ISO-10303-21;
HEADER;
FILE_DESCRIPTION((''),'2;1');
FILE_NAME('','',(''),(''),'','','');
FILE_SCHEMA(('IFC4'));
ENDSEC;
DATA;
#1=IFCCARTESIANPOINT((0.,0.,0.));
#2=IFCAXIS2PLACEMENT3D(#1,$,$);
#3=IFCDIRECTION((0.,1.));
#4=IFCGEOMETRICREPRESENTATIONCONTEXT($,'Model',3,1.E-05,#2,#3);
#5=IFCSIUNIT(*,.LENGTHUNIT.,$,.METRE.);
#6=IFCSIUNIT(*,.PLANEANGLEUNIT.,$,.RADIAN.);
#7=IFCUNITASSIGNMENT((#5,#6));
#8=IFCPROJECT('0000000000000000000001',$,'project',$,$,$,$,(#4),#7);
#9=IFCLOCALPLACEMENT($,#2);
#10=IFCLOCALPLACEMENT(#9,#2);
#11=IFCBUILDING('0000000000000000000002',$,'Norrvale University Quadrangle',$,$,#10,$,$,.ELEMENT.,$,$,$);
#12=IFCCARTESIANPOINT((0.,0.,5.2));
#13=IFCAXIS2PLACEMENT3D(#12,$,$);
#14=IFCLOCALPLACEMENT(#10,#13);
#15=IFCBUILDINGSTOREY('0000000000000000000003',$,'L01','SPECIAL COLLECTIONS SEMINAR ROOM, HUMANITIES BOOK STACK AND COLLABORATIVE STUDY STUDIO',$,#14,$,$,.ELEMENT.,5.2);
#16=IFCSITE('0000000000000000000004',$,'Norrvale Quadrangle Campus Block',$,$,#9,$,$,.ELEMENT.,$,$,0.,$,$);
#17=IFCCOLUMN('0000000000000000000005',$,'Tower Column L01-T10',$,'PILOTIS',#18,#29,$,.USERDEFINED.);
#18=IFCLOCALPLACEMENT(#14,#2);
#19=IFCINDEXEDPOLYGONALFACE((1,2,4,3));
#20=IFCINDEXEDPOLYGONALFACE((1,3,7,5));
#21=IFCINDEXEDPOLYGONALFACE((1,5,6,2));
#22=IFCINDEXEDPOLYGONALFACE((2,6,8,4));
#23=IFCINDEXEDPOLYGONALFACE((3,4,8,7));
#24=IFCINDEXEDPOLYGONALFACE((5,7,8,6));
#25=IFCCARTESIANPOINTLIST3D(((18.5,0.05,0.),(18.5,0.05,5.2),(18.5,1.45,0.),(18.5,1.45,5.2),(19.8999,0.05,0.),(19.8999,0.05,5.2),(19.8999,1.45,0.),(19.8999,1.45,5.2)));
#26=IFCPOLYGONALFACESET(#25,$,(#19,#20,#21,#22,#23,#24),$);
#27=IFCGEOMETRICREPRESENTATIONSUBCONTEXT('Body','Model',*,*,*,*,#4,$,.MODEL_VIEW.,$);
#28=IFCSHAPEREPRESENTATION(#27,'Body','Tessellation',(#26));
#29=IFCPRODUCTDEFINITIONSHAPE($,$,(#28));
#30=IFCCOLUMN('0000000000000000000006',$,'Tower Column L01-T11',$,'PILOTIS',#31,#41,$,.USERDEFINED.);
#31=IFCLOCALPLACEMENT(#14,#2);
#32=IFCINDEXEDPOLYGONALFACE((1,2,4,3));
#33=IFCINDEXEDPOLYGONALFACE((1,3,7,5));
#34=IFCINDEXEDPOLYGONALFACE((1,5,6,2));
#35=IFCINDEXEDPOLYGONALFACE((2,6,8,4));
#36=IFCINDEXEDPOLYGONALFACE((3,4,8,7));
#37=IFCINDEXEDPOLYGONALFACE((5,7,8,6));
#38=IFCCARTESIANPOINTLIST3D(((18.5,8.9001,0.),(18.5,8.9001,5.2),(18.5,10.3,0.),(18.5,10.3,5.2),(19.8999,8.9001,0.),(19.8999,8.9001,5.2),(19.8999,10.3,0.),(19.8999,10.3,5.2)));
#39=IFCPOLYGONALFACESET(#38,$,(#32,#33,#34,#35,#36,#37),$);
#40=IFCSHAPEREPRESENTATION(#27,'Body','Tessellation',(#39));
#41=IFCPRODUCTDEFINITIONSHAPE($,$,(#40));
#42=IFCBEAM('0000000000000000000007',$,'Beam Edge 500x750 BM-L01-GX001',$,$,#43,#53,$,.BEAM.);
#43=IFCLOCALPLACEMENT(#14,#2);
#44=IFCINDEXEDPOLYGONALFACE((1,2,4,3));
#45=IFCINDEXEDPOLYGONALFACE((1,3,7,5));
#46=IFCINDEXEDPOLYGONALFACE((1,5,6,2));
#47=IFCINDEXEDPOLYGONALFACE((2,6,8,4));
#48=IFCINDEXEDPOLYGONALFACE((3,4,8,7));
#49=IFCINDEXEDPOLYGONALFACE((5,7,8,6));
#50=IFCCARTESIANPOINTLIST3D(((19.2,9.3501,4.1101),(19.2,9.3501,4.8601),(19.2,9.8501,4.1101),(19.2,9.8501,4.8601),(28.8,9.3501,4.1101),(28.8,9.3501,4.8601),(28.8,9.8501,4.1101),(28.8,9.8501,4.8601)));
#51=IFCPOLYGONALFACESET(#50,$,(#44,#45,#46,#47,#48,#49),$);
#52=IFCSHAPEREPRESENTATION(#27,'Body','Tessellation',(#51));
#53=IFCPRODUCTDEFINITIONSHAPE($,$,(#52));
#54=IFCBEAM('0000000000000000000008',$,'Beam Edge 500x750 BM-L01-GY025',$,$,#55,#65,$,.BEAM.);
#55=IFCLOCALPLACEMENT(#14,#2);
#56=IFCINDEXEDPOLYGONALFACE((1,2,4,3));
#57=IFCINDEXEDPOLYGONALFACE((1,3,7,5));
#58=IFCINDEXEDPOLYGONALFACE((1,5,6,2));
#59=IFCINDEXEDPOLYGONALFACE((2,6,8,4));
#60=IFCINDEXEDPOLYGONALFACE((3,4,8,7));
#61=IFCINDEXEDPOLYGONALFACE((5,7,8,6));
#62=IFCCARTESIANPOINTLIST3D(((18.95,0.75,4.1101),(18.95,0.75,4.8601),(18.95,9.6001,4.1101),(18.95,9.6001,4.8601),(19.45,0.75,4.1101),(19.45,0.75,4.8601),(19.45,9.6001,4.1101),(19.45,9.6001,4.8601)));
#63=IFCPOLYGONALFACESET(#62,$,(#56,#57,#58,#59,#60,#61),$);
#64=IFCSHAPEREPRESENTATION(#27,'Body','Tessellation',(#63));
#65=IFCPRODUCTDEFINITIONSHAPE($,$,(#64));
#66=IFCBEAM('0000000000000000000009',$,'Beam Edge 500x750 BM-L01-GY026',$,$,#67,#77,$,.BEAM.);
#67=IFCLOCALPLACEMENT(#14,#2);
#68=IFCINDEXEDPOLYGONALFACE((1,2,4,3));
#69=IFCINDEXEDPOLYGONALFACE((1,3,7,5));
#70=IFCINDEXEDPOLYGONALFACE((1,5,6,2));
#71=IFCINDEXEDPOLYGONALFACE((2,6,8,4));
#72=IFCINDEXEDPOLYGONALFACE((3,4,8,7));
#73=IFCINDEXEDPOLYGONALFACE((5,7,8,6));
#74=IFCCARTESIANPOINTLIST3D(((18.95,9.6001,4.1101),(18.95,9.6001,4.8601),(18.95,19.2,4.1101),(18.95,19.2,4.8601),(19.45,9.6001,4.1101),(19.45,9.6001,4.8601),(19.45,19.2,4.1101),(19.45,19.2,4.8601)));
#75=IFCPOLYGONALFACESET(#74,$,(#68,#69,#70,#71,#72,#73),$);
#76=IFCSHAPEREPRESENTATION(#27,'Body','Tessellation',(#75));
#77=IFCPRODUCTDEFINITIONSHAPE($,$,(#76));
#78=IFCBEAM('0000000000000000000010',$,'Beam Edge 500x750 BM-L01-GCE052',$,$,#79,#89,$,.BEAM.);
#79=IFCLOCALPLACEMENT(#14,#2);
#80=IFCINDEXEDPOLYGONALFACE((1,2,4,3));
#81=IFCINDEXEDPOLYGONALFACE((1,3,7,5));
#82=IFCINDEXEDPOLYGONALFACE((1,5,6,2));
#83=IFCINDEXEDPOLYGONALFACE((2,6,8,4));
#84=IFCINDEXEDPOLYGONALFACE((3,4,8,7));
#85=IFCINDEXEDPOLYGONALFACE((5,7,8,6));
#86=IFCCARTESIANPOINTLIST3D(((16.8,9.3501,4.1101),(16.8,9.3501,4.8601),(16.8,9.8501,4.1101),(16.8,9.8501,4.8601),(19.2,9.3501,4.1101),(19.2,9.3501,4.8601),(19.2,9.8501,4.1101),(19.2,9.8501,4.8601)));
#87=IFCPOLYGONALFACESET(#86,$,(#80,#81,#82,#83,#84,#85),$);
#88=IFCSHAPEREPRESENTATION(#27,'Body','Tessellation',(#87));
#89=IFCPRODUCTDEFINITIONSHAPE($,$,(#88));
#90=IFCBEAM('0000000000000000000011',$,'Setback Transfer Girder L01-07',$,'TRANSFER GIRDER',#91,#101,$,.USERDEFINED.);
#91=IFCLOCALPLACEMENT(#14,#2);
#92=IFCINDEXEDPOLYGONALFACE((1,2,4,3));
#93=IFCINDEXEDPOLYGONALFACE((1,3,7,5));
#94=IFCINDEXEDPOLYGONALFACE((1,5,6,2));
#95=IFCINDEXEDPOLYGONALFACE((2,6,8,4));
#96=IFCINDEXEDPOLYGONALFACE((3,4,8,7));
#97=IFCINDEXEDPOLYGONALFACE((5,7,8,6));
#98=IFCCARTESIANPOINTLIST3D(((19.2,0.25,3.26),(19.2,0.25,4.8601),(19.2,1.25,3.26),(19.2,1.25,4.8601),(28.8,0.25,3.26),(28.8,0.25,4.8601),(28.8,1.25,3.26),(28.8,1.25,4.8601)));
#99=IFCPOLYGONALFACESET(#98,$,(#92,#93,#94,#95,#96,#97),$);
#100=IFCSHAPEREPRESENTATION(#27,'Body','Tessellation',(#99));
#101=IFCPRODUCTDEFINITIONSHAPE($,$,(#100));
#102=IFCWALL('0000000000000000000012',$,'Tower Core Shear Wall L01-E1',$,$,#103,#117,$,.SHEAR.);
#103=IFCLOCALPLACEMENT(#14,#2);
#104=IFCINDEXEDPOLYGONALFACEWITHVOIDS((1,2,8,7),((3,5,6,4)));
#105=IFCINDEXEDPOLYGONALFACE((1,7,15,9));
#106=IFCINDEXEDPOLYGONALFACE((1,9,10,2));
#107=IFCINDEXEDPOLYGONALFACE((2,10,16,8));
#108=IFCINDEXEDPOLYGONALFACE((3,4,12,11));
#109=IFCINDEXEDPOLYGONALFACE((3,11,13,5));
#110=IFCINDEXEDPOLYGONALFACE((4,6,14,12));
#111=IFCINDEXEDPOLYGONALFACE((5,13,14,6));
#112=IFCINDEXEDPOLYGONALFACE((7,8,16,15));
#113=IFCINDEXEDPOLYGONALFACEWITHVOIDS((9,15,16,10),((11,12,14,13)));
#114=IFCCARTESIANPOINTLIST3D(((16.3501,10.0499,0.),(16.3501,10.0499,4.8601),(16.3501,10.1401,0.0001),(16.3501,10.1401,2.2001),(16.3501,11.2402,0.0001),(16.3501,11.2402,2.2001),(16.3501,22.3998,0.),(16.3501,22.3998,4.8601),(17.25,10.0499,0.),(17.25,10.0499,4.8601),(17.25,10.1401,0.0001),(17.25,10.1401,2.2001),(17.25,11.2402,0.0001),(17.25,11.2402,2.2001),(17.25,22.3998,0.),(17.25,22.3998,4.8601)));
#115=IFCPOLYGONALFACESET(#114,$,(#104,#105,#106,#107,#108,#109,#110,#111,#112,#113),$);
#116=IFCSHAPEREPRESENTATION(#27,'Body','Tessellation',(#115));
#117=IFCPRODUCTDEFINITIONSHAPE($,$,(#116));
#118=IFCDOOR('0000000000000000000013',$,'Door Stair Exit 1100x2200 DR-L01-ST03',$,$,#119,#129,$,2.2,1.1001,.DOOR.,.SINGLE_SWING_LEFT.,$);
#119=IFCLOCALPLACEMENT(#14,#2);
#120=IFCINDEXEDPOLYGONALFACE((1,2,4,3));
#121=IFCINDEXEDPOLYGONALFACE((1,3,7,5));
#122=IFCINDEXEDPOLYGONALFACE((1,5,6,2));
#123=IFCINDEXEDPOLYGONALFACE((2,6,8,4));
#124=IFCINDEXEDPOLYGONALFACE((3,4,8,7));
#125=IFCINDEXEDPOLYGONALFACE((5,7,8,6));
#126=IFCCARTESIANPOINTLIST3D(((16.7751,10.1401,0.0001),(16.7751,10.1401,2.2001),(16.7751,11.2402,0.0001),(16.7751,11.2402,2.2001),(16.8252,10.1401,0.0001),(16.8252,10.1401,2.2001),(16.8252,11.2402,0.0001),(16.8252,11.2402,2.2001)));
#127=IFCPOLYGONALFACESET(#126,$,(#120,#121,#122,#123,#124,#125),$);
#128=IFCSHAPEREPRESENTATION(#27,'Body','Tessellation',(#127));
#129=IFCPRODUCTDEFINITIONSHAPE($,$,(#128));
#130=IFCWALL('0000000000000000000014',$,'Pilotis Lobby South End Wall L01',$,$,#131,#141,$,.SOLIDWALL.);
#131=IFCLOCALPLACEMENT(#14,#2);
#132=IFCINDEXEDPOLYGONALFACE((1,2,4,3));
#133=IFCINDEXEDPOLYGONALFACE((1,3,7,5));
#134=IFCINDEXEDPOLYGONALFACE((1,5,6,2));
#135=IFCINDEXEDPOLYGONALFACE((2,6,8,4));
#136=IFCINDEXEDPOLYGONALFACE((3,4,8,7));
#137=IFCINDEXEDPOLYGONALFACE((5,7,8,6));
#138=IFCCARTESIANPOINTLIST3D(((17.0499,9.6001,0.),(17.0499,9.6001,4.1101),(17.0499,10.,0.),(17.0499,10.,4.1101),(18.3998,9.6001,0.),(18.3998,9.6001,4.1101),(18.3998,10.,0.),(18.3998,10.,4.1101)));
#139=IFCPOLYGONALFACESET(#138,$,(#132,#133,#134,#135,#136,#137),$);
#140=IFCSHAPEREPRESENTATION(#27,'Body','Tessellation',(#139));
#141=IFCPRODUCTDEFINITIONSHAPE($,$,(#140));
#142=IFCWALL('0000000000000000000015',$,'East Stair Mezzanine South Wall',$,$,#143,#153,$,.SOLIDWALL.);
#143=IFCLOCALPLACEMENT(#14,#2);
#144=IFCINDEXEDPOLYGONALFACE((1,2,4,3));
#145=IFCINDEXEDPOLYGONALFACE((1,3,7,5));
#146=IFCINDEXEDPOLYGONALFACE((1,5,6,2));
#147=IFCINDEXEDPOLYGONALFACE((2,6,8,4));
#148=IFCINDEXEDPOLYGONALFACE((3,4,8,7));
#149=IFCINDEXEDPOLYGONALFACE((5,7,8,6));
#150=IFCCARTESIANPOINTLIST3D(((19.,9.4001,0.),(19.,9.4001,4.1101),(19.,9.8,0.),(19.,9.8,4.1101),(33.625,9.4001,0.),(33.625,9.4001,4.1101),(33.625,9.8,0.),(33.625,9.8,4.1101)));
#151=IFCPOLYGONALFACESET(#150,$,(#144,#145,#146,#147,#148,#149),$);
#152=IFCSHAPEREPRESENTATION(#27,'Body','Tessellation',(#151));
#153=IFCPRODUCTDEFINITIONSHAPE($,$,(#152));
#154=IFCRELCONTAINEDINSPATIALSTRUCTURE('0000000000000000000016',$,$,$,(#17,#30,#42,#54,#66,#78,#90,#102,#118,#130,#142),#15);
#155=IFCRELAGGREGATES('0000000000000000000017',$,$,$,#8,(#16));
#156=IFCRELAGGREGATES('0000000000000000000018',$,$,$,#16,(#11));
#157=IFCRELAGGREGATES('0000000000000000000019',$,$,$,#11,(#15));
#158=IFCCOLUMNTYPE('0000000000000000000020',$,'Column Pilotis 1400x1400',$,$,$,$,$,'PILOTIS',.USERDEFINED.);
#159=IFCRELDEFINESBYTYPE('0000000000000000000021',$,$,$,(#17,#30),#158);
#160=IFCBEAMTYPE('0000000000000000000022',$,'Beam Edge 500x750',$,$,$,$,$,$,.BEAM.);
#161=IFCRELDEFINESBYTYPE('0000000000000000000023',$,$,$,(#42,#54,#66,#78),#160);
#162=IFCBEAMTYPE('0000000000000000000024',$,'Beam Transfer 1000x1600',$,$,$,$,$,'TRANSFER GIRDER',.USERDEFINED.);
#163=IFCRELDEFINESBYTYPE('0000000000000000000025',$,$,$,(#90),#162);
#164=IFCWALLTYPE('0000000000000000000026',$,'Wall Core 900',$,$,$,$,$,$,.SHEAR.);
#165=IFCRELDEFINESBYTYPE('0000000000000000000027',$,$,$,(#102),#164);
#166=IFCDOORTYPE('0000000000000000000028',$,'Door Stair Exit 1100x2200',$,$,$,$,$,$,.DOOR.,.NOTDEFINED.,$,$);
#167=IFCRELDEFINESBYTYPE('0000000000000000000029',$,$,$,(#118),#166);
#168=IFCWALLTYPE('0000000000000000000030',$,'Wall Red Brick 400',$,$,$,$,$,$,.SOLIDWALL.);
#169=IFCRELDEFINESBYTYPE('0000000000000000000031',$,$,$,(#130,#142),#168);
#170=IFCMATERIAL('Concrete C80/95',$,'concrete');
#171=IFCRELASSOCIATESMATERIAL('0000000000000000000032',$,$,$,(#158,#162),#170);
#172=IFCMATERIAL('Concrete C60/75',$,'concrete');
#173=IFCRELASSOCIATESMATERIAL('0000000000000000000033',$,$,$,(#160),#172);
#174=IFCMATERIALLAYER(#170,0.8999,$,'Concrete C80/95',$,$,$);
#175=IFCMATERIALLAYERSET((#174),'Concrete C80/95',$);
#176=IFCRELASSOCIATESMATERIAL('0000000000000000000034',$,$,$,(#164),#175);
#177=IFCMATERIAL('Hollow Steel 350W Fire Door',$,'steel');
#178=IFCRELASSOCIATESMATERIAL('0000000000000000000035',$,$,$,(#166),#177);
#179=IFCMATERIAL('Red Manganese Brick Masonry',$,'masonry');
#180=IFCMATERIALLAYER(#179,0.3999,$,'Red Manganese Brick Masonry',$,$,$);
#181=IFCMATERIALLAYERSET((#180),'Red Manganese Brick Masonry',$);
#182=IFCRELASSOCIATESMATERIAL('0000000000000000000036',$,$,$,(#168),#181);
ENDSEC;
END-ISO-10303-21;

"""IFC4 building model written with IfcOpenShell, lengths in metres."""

from ifc_helpers import new_model, si_unit, direction, frame, frame_2d, origin, origin_2d, place, context, subcontext, project, spatial, rectangle, extrude, material, layer, layer_set, material_profile, profile_set, type_object, element, fill, save


model = new_model("IFC4")

# Units and contexts
model_context = context("Model", 3, precision=1e-05, world=origin(), true_north=direction((0.0, 1.0)))
body_context = subcontext(model_context, "Body", "Model", "MODEL_VIEW")
ifc_project = project(units=[si_unit("LENGTHUNIT", "METRE"), si_unit("PLANEANGLEUNIT", "RADIAN")], contexts=[model_context])

# Site, building, storey
site_placement = place(None, origin())
site = spatial("IfcSite", under=ifc_project, at=site_placement, Name="Norrvale Quadrangle Campus Block", CompositionType="ELEMENT", RefElevation=0.0)
building_placement = place(site_placement, origin())
building = spatial("IfcBuilding", under=site, at=building_placement, Name="Norrvale University Quadrangle", CompositionType="ELEMENT")
storey_placement = place(building_placement, frame((0.0, 0.0, 5.2)))
storey = spatial("IfcBuildingStorey", under=building, at=storey_placement, Name="L01", Description="SPECIAL COLLECTIONS SEMINAR ROOM, HUMANITIES BOOK STACK AND COLLABORATIVE STUDY STUDIO", CompositionType="ELEMENT", Elevation=5.2)

# Columns
ifc_material_1 = material(Name="Concrete C80/95", Category="concrete")
ifc_material_profile_1 = material_profile(ifc_material_1, rectangle(XDim=1.3999, YDim=1.3999, at=origin_2d()), Name="Concrete C80/95")
ifc_profile_set_1 = profile_set([ifc_material_profile_1], Name="Concrete C80/95")
column_type = type_object("IfcColumnType", Name="Column Pilotis 1400x1400", ElementType="PILOTIS", PredefinedType="USERDEFINED", material=ifc_profile_set_1)
for number, where, z_axis, x_axis, name in (
    (1, (19.2, 0.75, 0.0), (0.0, 0.0, 1.0), (1.0, 0.0, 0.0), "Tower Column L01-T10"),
    (2, (19.2, 9.6001, 0.0), (0.0, 0.0, 1.0), (1.0, 0.0, 0.0), "Tower Column L01-T11"),
):
    element("IfcColumn", number, at=place(storey_placement, frame(where, z_axis=z_axis, x_axis=x_axis)), inside=storey, type_object=column_type, Name=name, ObjectType="PILOTIS", PredefinedType="USERDEFINED", context=body_context, shape_type="SweptSolid", body=[
        extrude(rectangle(XDim=1.3999, YDim=1.3999, at=origin_2d()), origin(), (0.0, 0.0, 1.0), 5.2),
    ])

# Beams
ifc_material_2 = material(Name="Concrete C60/75", Category="concrete")
ifc_material_profile_2 = material_profile(ifc_material_2, rectangle(XDim=0.5, YDim=0.75, at=origin_2d()), Name="Concrete C60/75")
ifc_profile_set_2 = profile_set([ifc_material_profile_2], Name="Concrete C60/75")
beam_type_1 = type_object("IfcBeamType", Name="Beam Edge 500x750", PredefinedType="BEAM", material=ifc_profile_set_2)
beam_1_placement = place(storey_placement, frame((19.2, 9.6001, 4.4851), z_axis=(1.0, 0.0, 0.0), x_axis=(0.0, 1.0, 0.0)))
element("IfcBeam", 3, at=beam_1_placement, inside=storey, type_object=beam_type_1, Name="Beam Edge 500x750 BM-L01-GX001", PredefinedType="BEAM", context=body_context, shape_type="SweptSolid", body=[
    extrude(rectangle(XDim=0.5, YDim=0.75, at=origin_2d()), origin(), (0.0, 0.0, 1.0), 9.6001),
])
beam_2_placement = place(storey_placement, frame((19.2, 0.75, 4.4851), z_axis=(0.0, 1.0, 0.0), x_axis=(-1.0, 0.0, 0.0)))
element("IfcBeam", 4, at=beam_2_placement, inside=storey, type_object=beam_type_1, Name="Beam Edge 500x750 BM-L01-GY025", PredefinedType="BEAM", context=body_context, shape_type="SweptSolid", body=[
    extrude(rectangle(XDim=0.5, YDim=0.75, at=origin_2d()), origin(), (0.0, 0.0, 1.0), 8.8501),
])
beam_3_placement = place(storey_placement, frame((19.2, 9.6001, 4.4851), z_axis=(0.0, 1.0, 0.0), x_axis=(-1.0, 0.0, 0.0)))
element("IfcBeam", 5, at=beam_3_placement, inside=storey, type_object=beam_type_1, Name="Beam Edge 500x750 BM-L01-GY026", PredefinedType="BEAM", context=body_context, shape_type="SweptSolid", body=[
    extrude(rectangle(XDim=0.5, YDim=0.75, at=origin_2d()), origin(), (0.0, 0.0, 1.0), 9.5999),
])
beam_4_placement = place(storey_placement, frame((16.8, 9.6001, 4.4851), z_axis=(1.0, 0.0, 0.0), x_axis=(0.0, 1.0, 0.0)))
element("IfcBeam", 6, at=beam_4_placement, inside=storey, type_object=beam_type_1, Name="Beam Edge 500x750 BM-L01-GCE052", PredefinedType="BEAM", context=body_context, shape_type="SweptSolid", body=[
    extrude(rectangle(XDim=0.5, YDim=0.75, at=origin_2d()), origin(), (0.0, 0.0, 1.0), 2.3999),
])
ifc_material_profile_3 = material_profile(ifc_material_1, rectangle(XDim=1.0, YDim=1.6001, at=origin_2d()), Name="Concrete C80/95")
ifc_profile_set_3 = profile_set([ifc_material_profile_3], Name="Concrete C80/95")
beam_type_2 = type_object("IfcBeamType", Name="Beam Transfer 1000x1600", ElementType="TRANSFER GIRDER", PredefinedType="USERDEFINED", material=ifc_profile_set_3)
beam_5_placement = place(storey_placement, frame((19.2, 0.75, 4.0601), z_axis=(1.0, 0.0, 0.0), x_axis=(0.0, 1.0, 0.0)))
element("IfcBeam", 7, at=beam_5_placement, inside=storey, type_object=beam_type_2, Name="Setback Transfer Girder L01-07", ObjectType="TRANSFER GIRDER", PredefinedType="USERDEFINED", context=body_context, shape_type="SweptSolid", body=[
    extrude(rectangle(XDim=1.0, YDim=1.6001, at=origin_2d()), origin(), (0.0, 0.0, 1.0), 9.6001),
])

# Wall, opening, door
ifc_layer_1 = layer(ifc_material_1, 0.8999, Name="Concrete C80/95")
ifc_layer_set_1 = layer_set([ifc_layer_1], Name="Concrete C80/95")
wall_type_1 = type_object("IfcWallType", Name="Wall Core 900", PredefinedType="SHEAR", material=ifc_layer_set_1)
wall_1_placement = place(storey_placement, frame((16.8, 10.05, 0.0), z_axis=(0.0, 0.0, 1.0), x_axis=(0.0, 1.0, 0.0)))
wall_1 = element("IfcWall", 8, at=wall_1_placement, inside=storey, type_object=wall_type_1, Name="Tower Core Shear Wall L01-E1", PredefinedType="SHEAR", context=body_context, shape_type="SweptSolid", body=[
    extrude(rectangle(XDim=12.3499, YDim=0.8999, at=frame_2d((6.1748, 0.0))), origin(), (0.0, 0.0, 1.0), 4.8601),
])
opening_placement = place(wall_1_placement, frame((0.0901, 0.0, 0.0)))
opening = element("IfcOpeningElement", 9, at=opening_placement, cuts=wall_1, PredefinedType="OPENING", context=body_context, shape_type="SweptSolid", body=[
    extrude(rectangle(XDim=1.1001, YDim=2.2, at=frame_2d((0.55, 1.1001))), frame((0.0, 0.4619, 0.0), z_axis=(0.0, -1.0, 0.0), x_axis=(1.0, 0.0, 0.0)), (0.0, 0.0, 1.0), 0.9238),
])
ifc_material_3 = material(Name="Hollow Steel 350W Fire Door", Category="steel")
door_type = type_object("IfcDoorType", Name="Door Stair Exit 1100x2200", OperationType="NOTDEFINED", PredefinedType="DOOR", material=ifc_material_3)
door_placement = place(opening_placement, origin())
door = element("IfcDoor", 10, at=door_placement, inside=storey, type_object=door_type, Name="Door Stair Exit 1100x2200 DR-L01-ST03", OperationType="SINGLE_SWING_LEFT", OverallHeight=2.2, OverallWidth=1.1001, PredefinedType="DOOR", context=body_context, shape_type="SweptSolid", body=[
    extrude(rectangle(XDim=1.1001, YDim=2.2, at=frame_2d((0.55, 1.1001))), frame((0.0, 0.0249, 0.0), z_axis=(0.0, -1.0, 0.0), x_axis=(1.0, 0.0, 0.0)), (0.0, 0.0, 1.0), 0.05),
])
fill(opening, door)

# Walls
ifc_material_4 = material(Name="Red Manganese Brick Masonry", Category="masonry")
ifc_layer_2 = layer(ifc_material_4, 0.3999, Name="Red Manganese Brick Masonry")
ifc_layer_set_2 = layer_set([ifc_layer_2], Name="Red Manganese Brick Masonry")
wall_type_2 = type_object("IfcWallType", Name="Wall Red Brick 400", PredefinedType="SOLIDWALL", material=ifc_layer_set_2)
wall_2_placement = place(storey_placement, frame((17.05, 9.8, 0.0), z_axis=(0.0, 0.0, 1.0), x_axis=(1.0, 0.0, 0.0)))
element("IfcWall", 11, at=wall_2_placement, inside=storey, type_object=wall_type_2, Name="Pilotis Lobby South End Wall L01", PredefinedType="SOLIDWALL", context=body_context, shape_type="SweptSolid", body=[
    extrude(rectangle(XDim=1.3499, YDim=0.3999, at=frame_2d((0.6748, 0.0))), origin(), (0.0, 0.0, 1.0), 4.1101),
])
wall_3_placement = place(storey_placement, frame((19.0, 9.6001, 0.0), z_axis=(0.0, 0.0, 1.0), x_axis=(1.0, 0.0, 0.0)))
element("IfcWall", 12, at=wall_3_placement, inside=storey, type_object=wall_type_2, Name="East Stair Mezzanine South Wall", PredefinedType="SOLIDWALL", context=body_context, shape_type="SweptSolid", body=[
    extrude(rectangle(XDim=14.625, YDim=0.3999, at=frame_2d((7.3125, 0.0))), origin(), (0.0, 0.0, 1.0), 4.1101),
])

save(model, "model.ifc")
